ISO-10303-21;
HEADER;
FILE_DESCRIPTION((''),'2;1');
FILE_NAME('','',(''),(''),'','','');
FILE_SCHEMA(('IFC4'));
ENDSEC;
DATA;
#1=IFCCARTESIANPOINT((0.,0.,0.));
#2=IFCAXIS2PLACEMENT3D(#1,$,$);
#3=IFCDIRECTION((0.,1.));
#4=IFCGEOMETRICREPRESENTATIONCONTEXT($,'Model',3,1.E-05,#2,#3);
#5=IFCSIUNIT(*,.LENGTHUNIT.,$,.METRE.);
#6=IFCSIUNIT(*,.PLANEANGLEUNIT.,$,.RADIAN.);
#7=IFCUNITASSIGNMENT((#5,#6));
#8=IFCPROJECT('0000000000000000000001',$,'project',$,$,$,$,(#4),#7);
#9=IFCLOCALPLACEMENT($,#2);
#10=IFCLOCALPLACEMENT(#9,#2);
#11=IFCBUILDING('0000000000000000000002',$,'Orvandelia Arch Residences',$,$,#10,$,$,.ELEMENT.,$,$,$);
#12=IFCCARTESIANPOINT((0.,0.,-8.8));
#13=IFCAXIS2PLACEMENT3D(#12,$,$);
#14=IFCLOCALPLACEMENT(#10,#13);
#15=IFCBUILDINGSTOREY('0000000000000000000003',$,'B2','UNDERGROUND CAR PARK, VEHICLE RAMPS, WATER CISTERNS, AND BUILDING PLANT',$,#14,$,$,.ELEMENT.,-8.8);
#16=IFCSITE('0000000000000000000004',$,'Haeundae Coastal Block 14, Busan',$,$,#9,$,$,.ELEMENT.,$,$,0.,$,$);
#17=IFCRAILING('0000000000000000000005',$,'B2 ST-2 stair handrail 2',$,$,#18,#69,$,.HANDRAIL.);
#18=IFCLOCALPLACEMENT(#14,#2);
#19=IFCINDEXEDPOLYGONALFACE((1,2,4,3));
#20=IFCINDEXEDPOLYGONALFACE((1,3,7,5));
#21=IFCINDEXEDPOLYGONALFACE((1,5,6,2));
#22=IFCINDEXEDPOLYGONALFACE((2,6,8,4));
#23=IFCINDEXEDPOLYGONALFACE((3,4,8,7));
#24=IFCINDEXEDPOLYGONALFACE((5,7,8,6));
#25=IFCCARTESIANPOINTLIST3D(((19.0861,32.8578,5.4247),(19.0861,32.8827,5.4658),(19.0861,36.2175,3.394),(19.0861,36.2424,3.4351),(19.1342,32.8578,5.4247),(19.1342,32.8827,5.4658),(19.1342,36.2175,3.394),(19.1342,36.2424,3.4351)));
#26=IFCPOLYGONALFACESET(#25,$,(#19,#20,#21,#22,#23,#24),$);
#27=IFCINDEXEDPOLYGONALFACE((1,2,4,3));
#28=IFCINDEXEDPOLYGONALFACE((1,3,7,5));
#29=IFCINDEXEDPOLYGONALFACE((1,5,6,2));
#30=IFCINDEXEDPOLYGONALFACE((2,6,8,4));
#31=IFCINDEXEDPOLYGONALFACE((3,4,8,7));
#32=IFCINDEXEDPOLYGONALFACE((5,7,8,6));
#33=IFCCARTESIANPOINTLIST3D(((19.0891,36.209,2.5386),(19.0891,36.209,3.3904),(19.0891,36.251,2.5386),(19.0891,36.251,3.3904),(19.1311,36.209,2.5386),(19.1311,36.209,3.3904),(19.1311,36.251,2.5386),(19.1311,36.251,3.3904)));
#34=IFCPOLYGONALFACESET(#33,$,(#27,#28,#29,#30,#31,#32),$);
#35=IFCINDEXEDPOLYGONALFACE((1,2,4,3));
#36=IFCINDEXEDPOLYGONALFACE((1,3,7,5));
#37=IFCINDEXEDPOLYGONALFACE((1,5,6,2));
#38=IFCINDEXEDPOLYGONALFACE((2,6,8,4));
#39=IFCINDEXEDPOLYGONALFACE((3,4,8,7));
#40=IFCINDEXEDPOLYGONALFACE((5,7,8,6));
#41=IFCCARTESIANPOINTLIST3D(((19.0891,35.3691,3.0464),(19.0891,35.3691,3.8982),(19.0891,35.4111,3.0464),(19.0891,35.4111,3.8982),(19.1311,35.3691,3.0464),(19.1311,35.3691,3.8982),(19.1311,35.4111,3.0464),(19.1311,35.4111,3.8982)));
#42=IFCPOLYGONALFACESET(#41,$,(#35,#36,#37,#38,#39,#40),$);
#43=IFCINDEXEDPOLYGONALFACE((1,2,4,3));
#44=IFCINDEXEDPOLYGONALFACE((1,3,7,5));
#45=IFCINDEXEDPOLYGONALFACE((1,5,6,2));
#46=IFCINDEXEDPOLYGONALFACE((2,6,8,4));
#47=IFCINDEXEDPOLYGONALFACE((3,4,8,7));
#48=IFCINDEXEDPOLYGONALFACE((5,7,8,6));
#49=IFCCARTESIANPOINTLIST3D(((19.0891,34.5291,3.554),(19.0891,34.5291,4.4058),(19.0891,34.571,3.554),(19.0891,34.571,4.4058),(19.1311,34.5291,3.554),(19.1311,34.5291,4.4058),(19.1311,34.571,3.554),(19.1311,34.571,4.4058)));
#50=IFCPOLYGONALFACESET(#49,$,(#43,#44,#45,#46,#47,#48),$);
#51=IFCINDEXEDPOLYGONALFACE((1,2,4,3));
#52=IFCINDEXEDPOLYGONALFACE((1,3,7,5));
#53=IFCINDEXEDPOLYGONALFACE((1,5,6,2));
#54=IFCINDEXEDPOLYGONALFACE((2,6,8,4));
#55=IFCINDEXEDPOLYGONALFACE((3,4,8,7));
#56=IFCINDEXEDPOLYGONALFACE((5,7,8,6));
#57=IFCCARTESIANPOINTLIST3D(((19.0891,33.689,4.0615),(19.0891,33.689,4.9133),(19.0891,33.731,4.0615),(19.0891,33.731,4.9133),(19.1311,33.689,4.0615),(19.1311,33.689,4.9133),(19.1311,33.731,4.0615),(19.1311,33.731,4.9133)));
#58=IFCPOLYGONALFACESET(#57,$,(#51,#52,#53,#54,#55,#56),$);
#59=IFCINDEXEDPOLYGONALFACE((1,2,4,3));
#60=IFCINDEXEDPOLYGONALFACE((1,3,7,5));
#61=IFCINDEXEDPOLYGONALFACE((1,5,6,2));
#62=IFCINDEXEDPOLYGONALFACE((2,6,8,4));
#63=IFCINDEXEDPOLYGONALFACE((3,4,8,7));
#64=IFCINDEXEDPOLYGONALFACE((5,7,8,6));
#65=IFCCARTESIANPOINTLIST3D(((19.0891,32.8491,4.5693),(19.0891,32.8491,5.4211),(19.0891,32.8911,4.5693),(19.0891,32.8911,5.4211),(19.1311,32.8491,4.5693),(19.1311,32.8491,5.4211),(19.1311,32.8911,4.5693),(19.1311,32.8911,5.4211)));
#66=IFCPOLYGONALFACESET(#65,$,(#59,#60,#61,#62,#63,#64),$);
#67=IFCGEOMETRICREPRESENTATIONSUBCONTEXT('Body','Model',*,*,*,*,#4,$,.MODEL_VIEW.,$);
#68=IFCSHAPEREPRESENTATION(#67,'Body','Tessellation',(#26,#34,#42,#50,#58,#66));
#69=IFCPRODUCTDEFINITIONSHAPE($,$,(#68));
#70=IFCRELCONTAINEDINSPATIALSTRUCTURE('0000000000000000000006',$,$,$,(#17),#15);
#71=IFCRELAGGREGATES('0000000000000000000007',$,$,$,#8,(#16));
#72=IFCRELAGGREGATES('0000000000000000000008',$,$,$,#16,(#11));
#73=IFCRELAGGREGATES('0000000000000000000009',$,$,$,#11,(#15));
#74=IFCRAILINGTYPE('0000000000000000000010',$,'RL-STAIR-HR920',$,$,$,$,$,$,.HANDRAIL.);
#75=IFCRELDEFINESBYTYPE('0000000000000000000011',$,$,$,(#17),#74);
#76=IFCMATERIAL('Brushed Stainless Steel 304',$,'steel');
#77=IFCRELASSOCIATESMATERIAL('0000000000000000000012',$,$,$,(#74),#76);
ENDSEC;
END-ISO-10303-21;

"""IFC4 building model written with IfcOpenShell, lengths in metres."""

from ifc_helpers import new_model, si_unit, direction, frame, origin, origin_2d, place, context, subcontext, project, spatial, rectangle, extrude, material, type_object, element, save


model = new_model("IFC4")

# Units and contexts
model_context = context("Model", 3, precision=1e-05, world=origin(), true_north=direction((0.0, 1.0)))
body_context = subcontext(model_context, "Body", "Model", "MODEL_VIEW")
ifc_project = project(units=[si_unit("LENGTHUNIT", "METRE"), si_unit("PLANEANGLEUNIT", "RADIAN")], contexts=[model_context])

# Site, building, storey
site_placement = place(None, origin())
site = spatial("IfcSite", under=ifc_project, at=site_placement, Name="Haeundae Coastal Block 14, Busan", CompositionType="ELEMENT", RefElevation=0.0)
building_placement = place(site_placement, origin())
building = spatial("IfcBuilding", under=site, at=building_placement, Name="Orvandelia Arch Residences", CompositionType="ELEMENT")
storey_placement = place(building_placement, frame((0.0, 0.0, -8.8)))
storey = spatial("IfcBuildingStorey", under=building, at=storey_placement, Name="B2", Description="UNDERGROUND CAR PARK, VEHICLE RAMPS, WATER CISTERNS, AND BUILDING PLANT", CompositionType="ELEMENT", Elevation=-8.8)

# Railing
ifc_material_1 = material(Name="Brushed Stainless Steel 304", Category="steel")
railing_type_1 = type_object("IfcRailingType", Name="RL-STAIR-HR920", PredefinedType="HANDRAIL", material=ifc_material_1)
railing_1_placement = place(storey_placement, frame((19.1101, 36.23, 2.5386)))
element("IfcRailing", 1, at=railing_1_placement, inside=storey, type_object=railing_type_1, Name="B2 ST-2 stair handrail 2", PredefinedType="HANDRAIL", context=body_context, shape_type="SweptSolid", body=[
    extrude(rectangle(XDim=0.0481, YDim=0.0481, at=origin_2d()), frame((0.0, 0.0, 0.876), z_axis=(0.0, -0.85582, 0.517273), x_axis=(1.0, 0.0, 0.0)), (0.0, 0.0, 1.0), 3.9258),
    extrude(rectangle(XDim=0.042, YDim=0.042, at=origin_2d()), origin(), (0.0, 0.0, 1.0), 0.8518),
    extrude(rectangle(XDim=0.042, YDim=0.042, at=origin_2d()), frame((0.0, -0.8398, 0.5078)), (0.0, 0.0, 1.0), 0.8518),
    extrude(rectangle(XDim=0.042, YDim=0.042, at=origin_2d()), frame((0.0, -1.6799, 1.0154)), (0.0, 0.0, 1.0), 0.8518),
    extrude(rectangle(XDim=0.042, YDim=0.042, at=origin_2d()), frame((0.0, -2.52, 1.5229)), (0.0, 0.0, 1.0), 0.8518),
    extrude(rectangle(XDim=0.042, YDim=0.042, at=origin_2d()), frame((0.0, -3.3599, 2.0308)), (0.0, 0.0, 1.0), 0.8518),
])

save(model, "model.ifc")
